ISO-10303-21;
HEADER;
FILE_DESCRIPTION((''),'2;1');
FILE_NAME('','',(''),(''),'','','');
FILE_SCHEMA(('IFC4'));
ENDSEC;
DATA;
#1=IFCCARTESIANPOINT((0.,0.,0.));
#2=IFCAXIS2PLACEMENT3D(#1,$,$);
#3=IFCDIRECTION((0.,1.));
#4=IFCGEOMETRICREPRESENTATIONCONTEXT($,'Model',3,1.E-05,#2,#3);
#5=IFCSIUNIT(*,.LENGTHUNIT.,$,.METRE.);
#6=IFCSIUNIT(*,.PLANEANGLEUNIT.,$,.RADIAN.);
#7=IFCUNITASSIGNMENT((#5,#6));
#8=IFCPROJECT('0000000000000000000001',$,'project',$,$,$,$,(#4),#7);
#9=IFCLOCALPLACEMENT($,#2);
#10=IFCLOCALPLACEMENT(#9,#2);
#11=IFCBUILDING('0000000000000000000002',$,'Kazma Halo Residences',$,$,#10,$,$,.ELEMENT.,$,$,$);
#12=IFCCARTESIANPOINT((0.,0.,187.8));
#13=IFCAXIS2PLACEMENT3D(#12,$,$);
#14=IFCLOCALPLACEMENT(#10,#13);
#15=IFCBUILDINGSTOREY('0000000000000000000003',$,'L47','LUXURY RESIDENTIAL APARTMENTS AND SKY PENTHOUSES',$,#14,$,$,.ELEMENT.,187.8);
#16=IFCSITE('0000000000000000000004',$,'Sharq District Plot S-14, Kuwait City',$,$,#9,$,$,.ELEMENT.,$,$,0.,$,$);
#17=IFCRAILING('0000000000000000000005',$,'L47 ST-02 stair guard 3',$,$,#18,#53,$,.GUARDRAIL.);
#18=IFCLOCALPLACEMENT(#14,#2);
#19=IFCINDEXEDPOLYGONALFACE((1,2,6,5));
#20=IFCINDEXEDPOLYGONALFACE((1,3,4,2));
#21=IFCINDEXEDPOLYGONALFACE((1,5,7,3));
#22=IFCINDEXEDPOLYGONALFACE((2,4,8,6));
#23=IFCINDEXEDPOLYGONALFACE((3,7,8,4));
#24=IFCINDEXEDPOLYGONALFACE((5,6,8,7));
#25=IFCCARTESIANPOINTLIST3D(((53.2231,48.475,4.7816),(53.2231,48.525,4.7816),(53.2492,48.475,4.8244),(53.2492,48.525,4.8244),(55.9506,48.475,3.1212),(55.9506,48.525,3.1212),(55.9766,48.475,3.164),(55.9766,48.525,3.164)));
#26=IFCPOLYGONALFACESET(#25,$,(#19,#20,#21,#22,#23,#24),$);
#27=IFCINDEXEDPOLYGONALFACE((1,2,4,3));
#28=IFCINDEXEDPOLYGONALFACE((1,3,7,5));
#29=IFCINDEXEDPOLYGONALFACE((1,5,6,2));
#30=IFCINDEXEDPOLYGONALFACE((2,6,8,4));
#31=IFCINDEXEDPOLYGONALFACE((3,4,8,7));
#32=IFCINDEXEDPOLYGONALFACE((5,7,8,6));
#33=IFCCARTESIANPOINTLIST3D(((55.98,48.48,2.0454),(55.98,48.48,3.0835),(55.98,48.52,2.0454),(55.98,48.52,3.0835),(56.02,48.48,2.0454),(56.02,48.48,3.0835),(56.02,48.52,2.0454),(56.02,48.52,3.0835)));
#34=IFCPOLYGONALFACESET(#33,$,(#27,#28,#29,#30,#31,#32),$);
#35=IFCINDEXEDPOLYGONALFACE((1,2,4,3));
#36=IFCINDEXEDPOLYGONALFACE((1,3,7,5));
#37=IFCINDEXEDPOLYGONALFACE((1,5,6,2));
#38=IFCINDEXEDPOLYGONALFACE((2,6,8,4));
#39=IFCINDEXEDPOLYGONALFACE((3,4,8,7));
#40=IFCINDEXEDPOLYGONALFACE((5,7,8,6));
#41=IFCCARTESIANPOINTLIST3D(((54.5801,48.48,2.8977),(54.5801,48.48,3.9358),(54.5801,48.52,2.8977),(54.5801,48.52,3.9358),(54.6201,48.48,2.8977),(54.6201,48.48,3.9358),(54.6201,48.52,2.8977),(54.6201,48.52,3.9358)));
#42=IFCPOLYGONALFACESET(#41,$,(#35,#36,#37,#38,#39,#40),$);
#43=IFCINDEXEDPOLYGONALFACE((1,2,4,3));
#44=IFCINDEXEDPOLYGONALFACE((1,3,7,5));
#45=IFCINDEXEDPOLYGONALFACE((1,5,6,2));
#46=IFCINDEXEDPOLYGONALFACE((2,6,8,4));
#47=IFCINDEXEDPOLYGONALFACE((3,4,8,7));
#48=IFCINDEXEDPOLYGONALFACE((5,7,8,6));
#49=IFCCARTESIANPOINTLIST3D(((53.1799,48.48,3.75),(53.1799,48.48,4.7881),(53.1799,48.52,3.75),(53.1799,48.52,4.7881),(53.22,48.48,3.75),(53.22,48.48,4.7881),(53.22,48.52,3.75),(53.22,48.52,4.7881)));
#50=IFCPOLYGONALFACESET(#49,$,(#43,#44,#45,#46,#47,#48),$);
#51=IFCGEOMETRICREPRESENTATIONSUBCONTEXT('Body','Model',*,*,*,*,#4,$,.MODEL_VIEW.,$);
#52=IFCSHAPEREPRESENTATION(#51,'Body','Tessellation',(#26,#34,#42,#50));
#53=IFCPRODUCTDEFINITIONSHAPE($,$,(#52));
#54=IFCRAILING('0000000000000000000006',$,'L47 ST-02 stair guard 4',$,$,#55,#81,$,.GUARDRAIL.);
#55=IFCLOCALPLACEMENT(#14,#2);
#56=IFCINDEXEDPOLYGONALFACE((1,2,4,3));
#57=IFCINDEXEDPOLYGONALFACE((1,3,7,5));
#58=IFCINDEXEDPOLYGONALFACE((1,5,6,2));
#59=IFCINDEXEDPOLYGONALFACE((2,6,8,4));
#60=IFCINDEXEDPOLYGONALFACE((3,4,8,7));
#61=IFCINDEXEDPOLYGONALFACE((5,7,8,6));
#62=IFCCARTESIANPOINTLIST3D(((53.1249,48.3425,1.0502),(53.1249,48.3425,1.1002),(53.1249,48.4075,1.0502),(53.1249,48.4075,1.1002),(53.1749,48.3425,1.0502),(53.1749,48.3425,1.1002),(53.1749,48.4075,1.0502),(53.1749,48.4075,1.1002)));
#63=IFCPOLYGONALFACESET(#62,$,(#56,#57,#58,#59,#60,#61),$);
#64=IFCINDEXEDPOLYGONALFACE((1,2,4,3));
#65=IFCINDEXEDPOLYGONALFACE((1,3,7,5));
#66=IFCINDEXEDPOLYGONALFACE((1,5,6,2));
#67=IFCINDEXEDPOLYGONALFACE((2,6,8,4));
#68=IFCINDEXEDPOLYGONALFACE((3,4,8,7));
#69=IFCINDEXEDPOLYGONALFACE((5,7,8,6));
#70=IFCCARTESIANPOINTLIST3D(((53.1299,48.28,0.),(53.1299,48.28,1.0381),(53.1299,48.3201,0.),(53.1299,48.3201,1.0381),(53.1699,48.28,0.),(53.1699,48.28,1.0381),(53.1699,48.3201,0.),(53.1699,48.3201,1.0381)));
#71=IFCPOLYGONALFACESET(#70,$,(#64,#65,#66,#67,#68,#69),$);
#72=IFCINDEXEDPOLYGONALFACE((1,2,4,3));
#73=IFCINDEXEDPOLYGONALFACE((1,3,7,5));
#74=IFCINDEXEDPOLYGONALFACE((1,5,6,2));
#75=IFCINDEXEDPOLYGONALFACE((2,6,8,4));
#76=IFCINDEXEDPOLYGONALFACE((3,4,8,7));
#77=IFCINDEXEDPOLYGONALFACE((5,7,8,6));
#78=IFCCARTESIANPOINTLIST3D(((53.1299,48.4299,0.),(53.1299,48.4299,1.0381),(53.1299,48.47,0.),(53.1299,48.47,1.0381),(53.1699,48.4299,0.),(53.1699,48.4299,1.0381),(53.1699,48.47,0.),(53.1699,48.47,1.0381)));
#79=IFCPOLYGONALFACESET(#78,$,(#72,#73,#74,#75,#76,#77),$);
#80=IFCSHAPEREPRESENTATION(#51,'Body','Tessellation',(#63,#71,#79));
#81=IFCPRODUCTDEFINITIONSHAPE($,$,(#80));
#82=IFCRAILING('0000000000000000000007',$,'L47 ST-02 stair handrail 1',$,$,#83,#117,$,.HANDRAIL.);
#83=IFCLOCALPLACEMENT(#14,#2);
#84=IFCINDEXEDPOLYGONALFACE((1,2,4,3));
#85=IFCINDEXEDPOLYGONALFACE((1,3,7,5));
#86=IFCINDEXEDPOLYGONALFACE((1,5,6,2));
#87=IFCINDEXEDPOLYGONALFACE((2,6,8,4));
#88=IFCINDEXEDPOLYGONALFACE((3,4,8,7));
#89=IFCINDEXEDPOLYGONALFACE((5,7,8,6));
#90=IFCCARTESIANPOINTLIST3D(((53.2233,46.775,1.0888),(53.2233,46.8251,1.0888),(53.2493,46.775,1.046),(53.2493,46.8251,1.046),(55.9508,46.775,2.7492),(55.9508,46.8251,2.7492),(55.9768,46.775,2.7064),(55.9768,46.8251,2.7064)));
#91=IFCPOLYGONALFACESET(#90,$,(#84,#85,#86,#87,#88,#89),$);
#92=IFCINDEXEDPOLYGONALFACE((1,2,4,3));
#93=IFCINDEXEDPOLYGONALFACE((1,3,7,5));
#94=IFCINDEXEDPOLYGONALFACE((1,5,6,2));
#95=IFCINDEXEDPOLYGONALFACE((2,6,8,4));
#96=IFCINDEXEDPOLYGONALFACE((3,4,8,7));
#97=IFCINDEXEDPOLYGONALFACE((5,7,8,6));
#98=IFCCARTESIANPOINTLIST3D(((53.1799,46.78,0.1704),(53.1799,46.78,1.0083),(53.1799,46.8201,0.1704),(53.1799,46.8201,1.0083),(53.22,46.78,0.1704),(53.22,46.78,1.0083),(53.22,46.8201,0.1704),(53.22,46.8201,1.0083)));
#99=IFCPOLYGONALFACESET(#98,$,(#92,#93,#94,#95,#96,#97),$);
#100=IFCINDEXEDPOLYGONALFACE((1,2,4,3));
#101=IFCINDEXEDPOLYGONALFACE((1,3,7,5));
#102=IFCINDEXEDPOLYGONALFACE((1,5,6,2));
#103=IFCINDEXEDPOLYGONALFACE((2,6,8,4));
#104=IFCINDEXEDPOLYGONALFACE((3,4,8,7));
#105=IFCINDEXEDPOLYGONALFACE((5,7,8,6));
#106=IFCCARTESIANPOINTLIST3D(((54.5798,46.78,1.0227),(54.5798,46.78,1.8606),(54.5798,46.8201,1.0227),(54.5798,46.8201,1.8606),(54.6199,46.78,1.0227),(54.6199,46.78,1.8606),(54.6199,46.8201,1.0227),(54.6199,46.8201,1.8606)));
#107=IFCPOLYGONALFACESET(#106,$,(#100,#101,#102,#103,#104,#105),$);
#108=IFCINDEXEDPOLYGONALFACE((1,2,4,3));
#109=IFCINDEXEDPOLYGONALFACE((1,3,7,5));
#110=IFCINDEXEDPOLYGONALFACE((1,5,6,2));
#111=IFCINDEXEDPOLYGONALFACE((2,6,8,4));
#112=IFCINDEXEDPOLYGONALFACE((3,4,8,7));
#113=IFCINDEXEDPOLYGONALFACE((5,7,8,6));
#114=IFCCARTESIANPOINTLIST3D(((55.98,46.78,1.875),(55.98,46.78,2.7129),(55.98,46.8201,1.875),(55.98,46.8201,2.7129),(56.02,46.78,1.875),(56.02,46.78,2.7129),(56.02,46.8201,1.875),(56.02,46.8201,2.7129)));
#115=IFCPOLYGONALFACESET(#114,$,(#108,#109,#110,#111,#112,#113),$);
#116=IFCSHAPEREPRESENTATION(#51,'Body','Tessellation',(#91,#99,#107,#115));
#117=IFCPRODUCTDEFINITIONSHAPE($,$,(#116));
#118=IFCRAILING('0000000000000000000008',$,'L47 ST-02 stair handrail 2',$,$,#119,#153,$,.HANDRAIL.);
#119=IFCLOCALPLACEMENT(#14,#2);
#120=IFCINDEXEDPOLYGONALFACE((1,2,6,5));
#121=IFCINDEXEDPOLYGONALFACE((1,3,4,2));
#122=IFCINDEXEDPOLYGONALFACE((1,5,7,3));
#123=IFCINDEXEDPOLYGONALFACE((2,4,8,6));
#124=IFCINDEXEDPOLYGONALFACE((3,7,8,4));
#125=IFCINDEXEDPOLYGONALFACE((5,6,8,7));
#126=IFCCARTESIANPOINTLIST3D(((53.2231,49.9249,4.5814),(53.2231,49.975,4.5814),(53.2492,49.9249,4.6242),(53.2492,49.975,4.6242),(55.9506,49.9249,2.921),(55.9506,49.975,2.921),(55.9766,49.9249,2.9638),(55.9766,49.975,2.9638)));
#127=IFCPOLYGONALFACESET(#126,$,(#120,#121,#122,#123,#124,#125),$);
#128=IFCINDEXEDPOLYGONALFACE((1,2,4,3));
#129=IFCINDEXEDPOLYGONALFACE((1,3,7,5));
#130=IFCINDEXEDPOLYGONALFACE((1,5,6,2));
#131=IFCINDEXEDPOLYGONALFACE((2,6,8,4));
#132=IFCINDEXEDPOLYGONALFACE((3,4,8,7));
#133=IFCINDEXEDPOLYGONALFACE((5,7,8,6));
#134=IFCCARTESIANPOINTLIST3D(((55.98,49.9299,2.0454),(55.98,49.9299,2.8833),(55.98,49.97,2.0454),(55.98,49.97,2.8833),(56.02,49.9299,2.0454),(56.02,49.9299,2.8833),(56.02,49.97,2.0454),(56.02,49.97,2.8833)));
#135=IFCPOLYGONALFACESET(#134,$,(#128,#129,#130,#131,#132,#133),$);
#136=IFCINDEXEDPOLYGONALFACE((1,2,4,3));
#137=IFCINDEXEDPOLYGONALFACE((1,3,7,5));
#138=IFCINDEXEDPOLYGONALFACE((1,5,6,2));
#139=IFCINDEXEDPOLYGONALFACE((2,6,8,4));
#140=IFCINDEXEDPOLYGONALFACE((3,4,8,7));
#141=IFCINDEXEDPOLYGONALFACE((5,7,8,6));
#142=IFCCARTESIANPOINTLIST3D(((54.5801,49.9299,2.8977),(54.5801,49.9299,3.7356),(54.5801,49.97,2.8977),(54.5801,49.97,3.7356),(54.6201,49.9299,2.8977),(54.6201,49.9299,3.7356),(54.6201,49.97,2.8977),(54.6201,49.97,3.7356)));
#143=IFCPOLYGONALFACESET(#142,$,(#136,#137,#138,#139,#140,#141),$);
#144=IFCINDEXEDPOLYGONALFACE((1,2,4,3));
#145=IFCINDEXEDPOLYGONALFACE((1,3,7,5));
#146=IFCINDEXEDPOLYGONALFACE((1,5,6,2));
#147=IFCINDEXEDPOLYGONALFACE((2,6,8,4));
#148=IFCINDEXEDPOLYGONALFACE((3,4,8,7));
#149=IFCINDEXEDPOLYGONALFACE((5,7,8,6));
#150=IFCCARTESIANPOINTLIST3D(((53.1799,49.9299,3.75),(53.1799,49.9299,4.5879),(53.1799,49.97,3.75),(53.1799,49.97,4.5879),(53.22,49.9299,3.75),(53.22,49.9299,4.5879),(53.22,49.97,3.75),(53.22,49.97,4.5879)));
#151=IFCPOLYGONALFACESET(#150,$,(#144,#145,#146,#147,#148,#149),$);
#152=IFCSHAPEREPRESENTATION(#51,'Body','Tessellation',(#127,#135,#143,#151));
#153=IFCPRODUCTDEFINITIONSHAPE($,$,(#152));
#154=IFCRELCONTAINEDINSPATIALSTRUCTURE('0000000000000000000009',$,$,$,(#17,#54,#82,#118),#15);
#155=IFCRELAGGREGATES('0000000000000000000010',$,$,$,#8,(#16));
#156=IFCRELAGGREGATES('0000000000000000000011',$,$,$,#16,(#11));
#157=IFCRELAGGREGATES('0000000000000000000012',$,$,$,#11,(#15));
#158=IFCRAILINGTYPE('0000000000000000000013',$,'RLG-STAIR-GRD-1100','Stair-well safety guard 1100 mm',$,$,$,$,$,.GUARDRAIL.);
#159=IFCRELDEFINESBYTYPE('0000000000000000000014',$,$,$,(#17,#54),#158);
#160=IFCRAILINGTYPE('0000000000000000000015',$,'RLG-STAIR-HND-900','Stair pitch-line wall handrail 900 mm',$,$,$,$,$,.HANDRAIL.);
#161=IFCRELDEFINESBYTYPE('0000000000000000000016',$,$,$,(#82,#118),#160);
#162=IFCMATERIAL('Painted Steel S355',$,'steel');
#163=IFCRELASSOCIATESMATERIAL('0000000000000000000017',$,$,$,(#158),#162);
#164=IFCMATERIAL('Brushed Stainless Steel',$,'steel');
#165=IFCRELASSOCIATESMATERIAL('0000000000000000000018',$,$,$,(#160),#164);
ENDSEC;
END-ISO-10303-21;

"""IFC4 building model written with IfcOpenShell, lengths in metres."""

from ifc_helpers import new_model, si_unit, direction, frame, origin, origin_2d, place, context, subcontext, project, spatial, rectangle, extrude, material, type_object, element, save


model = new_model("IFC4")

# Units and contexts
model_context = context("Model", 3, precision=1e-05, world=origin(), true_north=direction((0.0, 1.0)))
body_context = subcontext(model_context, "Body", "Model", "MODEL_VIEW")
ifc_project = project(units=[si_unit("LENGTHUNIT", "METRE"), si_unit("PLANEANGLEUNIT", "RADIAN")], contexts=[model_context])

# Site, building, storey
site_placement = place(None, origin())
site = spatial("IfcSite", under=ifc_project, at=site_placement, Name="Sharq District Plot S-14, Kuwait City", CompositionType="ELEMENT", RefElevation=0.0)
building_placement = place(site_placement, origin())
building = spatial("IfcBuilding", under=site, at=building_placement, Name="Kazma Halo Residences", CompositionType="ELEMENT")
storey_placement = place(building_placement, frame((0.0, 0.0, 187.8)))
storey = spatial("IfcBuildingStorey", under=building, at=storey_placement, Name="L47", Description="LUXURY RESIDENTIAL APARTMENTS AND SKY PENTHOUSES", CompositionType="ELEMENT", Elevation=187.8)

# Railings
ifc_material_1 = material(Name="Painted Steel S355", Category="steel")
railing_type_1 = type_object("IfcRailingType", Name="RLG-STAIR-GRD-1100", Description="Stair-well safety guard 1100 mm", PredefinedType="GUARDRAIL", material=ifc_material_1)
railing_1_placement = place(storey_placement, frame((56.0, 48.5, 2.0454)))
element("IfcRailing", 1, at=railing_1_placement, inside=storey, type_object=railing_type_1, Name="L47 ST-02 stair guard 3", PredefinedType="GUARDRAIL", context=body_context, shape_type="SweptSolid", body=[
    extrude(rectangle(XDim=0.05, YDim=0.05, at=origin_2d()), frame((-0.0364, 0.0, 1.0972), z_axis=(-0.85417, 0.0, 0.519994), x_axis=(0.0, -1.0, 0.0)), (0.0, 0.0, 1.0), 3.1931),
    extrude(rectangle(XDim=0.04, YDim=0.04, at=origin_2d()), origin(), (0.0, 0.0, 1.0), 1.0381),
    extrude(rectangle(XDim=0.04, YDim=0.04, at=origin_2d()), frame((-1.3999, 0.0, 0.8523)), (0.0, 0.0, 1.0), 1.0381),
    extrude(rectangle(XDim=0.04, YDim=0.04, at=origin_2d()), frame((-2.8, 0.0, 1.7046)), (0.0, 0.0, 1.0), 1.0381),
])
railing_2_placement = place(storey_placement, frame((53.1499, 48.3, 0.0)))
element("IfcRailing", 2, at=railing_2_placement, inside=storey, type_object=railing_type_1, Name="L47 ST-02 stair guard 4", PredefinedType="GUARDRAIL", context=body_context, shape_type="SweptSolid", body=[
    extrude(rectangle(XDim=0.05, YDim=0.05, at=origin_2d()), frame((0.0, 0.0425, 1.0752), z_axis=(0.0, 1.0, 0.0), x_axis=(-1.0, 0.0, 0.0)), (0.0, 0.0, 1.0), 0.0649),
    extrude(rectangle(XDim=0.04, YDim=0.04, at=origin_2d()), origin(), (0.0, 0.0, 1.0), 1.0381),
    extrude(rectangle(XDim=0.04, YDim=0.04, at=origin_2d()), frame((0.0, 0.1499, 0.0)), (0.0, 0.0, 1.0), 1.0381),
])
ifc_material_2 = material(Name="Brushed Stainless Steel", Category="steel")
railing_type_2 = type_object("IfcRailingType", Name="RLG-STAIR-HND-900", Description="Stair pitch-line wall handrail 900 mm", PredefinedType="HANDRAIL", material=ifc_material_2)
railing_3_placement = place(storey_placement, frame((53.2, 46.8, 0.1704)))
element("IfcRailing", 3, at=railing_3_placement, inside=storey, type_object=railing_type_2, Name="L47 ST-02 stair handrail 1", PredefinedType="HANDRAIL", context=body_context, shape_type="SweptSolid", body=[
    extrude(rectangle(XDim=0.05, YDim=0.05, at=origin_2d()), frame((0.0364, 0.0, 0.897), z_axis=(0.85417, 0.0, 0.519994), x_axis=(0.0, 1.0, 0.0)), (0.0, 0.0, 1.0), 3.1931),
    extrude(rectangle(XDim=0.04, YDim=0.04, at=origin_2d()), origin(), (0.0, 0.0, 1.0), 0.8379),
    extrude(rectangle(XDim=0.04, YDim=0.04, at=origin_2d()), frame((1.3999, 0.0, 0.8523)), (0.0, 0.0, 1.0), 0.8379),
    extrude(rectangle(XDim=0.04, YDim=0.04, at=origin_2d()), frame((2.8, 0.0, 1.7046)), (0.0, 0.0, 1.0), 0.8379),
])
railing_4_placement = place(storey_placement, frame((56.0, 49.95, 2.0454)))
element("IfcRailing", 4, at=railing_4_placement, inside=storey, type_object=railing_type_2, Name="L47 ST-02 stair handrail 2", PredefinedType="HANDRAIL", context=body_context, shape_type="SweptSolid", body=[
    extrude(rectangle(XDim=0.05, YDim=0.05, at=origin_2d()), frame((-0.0364, 0.0, 0.897), z_axis=(-0.85417, 0.0, 0.519994), x_axis=(0.0, -1.0, 0.0)), (0.0, 0.0, 1.0), 3.1931),
    extrude(rectangle(XDim=0.04, YDim=0.04, at=origin_2d()), origin(), (0.0, 0.0, 1.0), 0.8379),
    extrude(rectangle(XDim=0.04, YDim=0.04, at=origin_2d()), frame((-1.3999, 0.0, 0.8523)), (0.0, 0.0, 1.0), 0.8379),
    extrude(rectangle(XDim=0.04, YDim=0.04, at=origin_2d()), frame((-2.8, 0.0, 1.7046)), (0.0, 0.0, 1.0), 0.8379),
])

save(model, "model.ifc")
